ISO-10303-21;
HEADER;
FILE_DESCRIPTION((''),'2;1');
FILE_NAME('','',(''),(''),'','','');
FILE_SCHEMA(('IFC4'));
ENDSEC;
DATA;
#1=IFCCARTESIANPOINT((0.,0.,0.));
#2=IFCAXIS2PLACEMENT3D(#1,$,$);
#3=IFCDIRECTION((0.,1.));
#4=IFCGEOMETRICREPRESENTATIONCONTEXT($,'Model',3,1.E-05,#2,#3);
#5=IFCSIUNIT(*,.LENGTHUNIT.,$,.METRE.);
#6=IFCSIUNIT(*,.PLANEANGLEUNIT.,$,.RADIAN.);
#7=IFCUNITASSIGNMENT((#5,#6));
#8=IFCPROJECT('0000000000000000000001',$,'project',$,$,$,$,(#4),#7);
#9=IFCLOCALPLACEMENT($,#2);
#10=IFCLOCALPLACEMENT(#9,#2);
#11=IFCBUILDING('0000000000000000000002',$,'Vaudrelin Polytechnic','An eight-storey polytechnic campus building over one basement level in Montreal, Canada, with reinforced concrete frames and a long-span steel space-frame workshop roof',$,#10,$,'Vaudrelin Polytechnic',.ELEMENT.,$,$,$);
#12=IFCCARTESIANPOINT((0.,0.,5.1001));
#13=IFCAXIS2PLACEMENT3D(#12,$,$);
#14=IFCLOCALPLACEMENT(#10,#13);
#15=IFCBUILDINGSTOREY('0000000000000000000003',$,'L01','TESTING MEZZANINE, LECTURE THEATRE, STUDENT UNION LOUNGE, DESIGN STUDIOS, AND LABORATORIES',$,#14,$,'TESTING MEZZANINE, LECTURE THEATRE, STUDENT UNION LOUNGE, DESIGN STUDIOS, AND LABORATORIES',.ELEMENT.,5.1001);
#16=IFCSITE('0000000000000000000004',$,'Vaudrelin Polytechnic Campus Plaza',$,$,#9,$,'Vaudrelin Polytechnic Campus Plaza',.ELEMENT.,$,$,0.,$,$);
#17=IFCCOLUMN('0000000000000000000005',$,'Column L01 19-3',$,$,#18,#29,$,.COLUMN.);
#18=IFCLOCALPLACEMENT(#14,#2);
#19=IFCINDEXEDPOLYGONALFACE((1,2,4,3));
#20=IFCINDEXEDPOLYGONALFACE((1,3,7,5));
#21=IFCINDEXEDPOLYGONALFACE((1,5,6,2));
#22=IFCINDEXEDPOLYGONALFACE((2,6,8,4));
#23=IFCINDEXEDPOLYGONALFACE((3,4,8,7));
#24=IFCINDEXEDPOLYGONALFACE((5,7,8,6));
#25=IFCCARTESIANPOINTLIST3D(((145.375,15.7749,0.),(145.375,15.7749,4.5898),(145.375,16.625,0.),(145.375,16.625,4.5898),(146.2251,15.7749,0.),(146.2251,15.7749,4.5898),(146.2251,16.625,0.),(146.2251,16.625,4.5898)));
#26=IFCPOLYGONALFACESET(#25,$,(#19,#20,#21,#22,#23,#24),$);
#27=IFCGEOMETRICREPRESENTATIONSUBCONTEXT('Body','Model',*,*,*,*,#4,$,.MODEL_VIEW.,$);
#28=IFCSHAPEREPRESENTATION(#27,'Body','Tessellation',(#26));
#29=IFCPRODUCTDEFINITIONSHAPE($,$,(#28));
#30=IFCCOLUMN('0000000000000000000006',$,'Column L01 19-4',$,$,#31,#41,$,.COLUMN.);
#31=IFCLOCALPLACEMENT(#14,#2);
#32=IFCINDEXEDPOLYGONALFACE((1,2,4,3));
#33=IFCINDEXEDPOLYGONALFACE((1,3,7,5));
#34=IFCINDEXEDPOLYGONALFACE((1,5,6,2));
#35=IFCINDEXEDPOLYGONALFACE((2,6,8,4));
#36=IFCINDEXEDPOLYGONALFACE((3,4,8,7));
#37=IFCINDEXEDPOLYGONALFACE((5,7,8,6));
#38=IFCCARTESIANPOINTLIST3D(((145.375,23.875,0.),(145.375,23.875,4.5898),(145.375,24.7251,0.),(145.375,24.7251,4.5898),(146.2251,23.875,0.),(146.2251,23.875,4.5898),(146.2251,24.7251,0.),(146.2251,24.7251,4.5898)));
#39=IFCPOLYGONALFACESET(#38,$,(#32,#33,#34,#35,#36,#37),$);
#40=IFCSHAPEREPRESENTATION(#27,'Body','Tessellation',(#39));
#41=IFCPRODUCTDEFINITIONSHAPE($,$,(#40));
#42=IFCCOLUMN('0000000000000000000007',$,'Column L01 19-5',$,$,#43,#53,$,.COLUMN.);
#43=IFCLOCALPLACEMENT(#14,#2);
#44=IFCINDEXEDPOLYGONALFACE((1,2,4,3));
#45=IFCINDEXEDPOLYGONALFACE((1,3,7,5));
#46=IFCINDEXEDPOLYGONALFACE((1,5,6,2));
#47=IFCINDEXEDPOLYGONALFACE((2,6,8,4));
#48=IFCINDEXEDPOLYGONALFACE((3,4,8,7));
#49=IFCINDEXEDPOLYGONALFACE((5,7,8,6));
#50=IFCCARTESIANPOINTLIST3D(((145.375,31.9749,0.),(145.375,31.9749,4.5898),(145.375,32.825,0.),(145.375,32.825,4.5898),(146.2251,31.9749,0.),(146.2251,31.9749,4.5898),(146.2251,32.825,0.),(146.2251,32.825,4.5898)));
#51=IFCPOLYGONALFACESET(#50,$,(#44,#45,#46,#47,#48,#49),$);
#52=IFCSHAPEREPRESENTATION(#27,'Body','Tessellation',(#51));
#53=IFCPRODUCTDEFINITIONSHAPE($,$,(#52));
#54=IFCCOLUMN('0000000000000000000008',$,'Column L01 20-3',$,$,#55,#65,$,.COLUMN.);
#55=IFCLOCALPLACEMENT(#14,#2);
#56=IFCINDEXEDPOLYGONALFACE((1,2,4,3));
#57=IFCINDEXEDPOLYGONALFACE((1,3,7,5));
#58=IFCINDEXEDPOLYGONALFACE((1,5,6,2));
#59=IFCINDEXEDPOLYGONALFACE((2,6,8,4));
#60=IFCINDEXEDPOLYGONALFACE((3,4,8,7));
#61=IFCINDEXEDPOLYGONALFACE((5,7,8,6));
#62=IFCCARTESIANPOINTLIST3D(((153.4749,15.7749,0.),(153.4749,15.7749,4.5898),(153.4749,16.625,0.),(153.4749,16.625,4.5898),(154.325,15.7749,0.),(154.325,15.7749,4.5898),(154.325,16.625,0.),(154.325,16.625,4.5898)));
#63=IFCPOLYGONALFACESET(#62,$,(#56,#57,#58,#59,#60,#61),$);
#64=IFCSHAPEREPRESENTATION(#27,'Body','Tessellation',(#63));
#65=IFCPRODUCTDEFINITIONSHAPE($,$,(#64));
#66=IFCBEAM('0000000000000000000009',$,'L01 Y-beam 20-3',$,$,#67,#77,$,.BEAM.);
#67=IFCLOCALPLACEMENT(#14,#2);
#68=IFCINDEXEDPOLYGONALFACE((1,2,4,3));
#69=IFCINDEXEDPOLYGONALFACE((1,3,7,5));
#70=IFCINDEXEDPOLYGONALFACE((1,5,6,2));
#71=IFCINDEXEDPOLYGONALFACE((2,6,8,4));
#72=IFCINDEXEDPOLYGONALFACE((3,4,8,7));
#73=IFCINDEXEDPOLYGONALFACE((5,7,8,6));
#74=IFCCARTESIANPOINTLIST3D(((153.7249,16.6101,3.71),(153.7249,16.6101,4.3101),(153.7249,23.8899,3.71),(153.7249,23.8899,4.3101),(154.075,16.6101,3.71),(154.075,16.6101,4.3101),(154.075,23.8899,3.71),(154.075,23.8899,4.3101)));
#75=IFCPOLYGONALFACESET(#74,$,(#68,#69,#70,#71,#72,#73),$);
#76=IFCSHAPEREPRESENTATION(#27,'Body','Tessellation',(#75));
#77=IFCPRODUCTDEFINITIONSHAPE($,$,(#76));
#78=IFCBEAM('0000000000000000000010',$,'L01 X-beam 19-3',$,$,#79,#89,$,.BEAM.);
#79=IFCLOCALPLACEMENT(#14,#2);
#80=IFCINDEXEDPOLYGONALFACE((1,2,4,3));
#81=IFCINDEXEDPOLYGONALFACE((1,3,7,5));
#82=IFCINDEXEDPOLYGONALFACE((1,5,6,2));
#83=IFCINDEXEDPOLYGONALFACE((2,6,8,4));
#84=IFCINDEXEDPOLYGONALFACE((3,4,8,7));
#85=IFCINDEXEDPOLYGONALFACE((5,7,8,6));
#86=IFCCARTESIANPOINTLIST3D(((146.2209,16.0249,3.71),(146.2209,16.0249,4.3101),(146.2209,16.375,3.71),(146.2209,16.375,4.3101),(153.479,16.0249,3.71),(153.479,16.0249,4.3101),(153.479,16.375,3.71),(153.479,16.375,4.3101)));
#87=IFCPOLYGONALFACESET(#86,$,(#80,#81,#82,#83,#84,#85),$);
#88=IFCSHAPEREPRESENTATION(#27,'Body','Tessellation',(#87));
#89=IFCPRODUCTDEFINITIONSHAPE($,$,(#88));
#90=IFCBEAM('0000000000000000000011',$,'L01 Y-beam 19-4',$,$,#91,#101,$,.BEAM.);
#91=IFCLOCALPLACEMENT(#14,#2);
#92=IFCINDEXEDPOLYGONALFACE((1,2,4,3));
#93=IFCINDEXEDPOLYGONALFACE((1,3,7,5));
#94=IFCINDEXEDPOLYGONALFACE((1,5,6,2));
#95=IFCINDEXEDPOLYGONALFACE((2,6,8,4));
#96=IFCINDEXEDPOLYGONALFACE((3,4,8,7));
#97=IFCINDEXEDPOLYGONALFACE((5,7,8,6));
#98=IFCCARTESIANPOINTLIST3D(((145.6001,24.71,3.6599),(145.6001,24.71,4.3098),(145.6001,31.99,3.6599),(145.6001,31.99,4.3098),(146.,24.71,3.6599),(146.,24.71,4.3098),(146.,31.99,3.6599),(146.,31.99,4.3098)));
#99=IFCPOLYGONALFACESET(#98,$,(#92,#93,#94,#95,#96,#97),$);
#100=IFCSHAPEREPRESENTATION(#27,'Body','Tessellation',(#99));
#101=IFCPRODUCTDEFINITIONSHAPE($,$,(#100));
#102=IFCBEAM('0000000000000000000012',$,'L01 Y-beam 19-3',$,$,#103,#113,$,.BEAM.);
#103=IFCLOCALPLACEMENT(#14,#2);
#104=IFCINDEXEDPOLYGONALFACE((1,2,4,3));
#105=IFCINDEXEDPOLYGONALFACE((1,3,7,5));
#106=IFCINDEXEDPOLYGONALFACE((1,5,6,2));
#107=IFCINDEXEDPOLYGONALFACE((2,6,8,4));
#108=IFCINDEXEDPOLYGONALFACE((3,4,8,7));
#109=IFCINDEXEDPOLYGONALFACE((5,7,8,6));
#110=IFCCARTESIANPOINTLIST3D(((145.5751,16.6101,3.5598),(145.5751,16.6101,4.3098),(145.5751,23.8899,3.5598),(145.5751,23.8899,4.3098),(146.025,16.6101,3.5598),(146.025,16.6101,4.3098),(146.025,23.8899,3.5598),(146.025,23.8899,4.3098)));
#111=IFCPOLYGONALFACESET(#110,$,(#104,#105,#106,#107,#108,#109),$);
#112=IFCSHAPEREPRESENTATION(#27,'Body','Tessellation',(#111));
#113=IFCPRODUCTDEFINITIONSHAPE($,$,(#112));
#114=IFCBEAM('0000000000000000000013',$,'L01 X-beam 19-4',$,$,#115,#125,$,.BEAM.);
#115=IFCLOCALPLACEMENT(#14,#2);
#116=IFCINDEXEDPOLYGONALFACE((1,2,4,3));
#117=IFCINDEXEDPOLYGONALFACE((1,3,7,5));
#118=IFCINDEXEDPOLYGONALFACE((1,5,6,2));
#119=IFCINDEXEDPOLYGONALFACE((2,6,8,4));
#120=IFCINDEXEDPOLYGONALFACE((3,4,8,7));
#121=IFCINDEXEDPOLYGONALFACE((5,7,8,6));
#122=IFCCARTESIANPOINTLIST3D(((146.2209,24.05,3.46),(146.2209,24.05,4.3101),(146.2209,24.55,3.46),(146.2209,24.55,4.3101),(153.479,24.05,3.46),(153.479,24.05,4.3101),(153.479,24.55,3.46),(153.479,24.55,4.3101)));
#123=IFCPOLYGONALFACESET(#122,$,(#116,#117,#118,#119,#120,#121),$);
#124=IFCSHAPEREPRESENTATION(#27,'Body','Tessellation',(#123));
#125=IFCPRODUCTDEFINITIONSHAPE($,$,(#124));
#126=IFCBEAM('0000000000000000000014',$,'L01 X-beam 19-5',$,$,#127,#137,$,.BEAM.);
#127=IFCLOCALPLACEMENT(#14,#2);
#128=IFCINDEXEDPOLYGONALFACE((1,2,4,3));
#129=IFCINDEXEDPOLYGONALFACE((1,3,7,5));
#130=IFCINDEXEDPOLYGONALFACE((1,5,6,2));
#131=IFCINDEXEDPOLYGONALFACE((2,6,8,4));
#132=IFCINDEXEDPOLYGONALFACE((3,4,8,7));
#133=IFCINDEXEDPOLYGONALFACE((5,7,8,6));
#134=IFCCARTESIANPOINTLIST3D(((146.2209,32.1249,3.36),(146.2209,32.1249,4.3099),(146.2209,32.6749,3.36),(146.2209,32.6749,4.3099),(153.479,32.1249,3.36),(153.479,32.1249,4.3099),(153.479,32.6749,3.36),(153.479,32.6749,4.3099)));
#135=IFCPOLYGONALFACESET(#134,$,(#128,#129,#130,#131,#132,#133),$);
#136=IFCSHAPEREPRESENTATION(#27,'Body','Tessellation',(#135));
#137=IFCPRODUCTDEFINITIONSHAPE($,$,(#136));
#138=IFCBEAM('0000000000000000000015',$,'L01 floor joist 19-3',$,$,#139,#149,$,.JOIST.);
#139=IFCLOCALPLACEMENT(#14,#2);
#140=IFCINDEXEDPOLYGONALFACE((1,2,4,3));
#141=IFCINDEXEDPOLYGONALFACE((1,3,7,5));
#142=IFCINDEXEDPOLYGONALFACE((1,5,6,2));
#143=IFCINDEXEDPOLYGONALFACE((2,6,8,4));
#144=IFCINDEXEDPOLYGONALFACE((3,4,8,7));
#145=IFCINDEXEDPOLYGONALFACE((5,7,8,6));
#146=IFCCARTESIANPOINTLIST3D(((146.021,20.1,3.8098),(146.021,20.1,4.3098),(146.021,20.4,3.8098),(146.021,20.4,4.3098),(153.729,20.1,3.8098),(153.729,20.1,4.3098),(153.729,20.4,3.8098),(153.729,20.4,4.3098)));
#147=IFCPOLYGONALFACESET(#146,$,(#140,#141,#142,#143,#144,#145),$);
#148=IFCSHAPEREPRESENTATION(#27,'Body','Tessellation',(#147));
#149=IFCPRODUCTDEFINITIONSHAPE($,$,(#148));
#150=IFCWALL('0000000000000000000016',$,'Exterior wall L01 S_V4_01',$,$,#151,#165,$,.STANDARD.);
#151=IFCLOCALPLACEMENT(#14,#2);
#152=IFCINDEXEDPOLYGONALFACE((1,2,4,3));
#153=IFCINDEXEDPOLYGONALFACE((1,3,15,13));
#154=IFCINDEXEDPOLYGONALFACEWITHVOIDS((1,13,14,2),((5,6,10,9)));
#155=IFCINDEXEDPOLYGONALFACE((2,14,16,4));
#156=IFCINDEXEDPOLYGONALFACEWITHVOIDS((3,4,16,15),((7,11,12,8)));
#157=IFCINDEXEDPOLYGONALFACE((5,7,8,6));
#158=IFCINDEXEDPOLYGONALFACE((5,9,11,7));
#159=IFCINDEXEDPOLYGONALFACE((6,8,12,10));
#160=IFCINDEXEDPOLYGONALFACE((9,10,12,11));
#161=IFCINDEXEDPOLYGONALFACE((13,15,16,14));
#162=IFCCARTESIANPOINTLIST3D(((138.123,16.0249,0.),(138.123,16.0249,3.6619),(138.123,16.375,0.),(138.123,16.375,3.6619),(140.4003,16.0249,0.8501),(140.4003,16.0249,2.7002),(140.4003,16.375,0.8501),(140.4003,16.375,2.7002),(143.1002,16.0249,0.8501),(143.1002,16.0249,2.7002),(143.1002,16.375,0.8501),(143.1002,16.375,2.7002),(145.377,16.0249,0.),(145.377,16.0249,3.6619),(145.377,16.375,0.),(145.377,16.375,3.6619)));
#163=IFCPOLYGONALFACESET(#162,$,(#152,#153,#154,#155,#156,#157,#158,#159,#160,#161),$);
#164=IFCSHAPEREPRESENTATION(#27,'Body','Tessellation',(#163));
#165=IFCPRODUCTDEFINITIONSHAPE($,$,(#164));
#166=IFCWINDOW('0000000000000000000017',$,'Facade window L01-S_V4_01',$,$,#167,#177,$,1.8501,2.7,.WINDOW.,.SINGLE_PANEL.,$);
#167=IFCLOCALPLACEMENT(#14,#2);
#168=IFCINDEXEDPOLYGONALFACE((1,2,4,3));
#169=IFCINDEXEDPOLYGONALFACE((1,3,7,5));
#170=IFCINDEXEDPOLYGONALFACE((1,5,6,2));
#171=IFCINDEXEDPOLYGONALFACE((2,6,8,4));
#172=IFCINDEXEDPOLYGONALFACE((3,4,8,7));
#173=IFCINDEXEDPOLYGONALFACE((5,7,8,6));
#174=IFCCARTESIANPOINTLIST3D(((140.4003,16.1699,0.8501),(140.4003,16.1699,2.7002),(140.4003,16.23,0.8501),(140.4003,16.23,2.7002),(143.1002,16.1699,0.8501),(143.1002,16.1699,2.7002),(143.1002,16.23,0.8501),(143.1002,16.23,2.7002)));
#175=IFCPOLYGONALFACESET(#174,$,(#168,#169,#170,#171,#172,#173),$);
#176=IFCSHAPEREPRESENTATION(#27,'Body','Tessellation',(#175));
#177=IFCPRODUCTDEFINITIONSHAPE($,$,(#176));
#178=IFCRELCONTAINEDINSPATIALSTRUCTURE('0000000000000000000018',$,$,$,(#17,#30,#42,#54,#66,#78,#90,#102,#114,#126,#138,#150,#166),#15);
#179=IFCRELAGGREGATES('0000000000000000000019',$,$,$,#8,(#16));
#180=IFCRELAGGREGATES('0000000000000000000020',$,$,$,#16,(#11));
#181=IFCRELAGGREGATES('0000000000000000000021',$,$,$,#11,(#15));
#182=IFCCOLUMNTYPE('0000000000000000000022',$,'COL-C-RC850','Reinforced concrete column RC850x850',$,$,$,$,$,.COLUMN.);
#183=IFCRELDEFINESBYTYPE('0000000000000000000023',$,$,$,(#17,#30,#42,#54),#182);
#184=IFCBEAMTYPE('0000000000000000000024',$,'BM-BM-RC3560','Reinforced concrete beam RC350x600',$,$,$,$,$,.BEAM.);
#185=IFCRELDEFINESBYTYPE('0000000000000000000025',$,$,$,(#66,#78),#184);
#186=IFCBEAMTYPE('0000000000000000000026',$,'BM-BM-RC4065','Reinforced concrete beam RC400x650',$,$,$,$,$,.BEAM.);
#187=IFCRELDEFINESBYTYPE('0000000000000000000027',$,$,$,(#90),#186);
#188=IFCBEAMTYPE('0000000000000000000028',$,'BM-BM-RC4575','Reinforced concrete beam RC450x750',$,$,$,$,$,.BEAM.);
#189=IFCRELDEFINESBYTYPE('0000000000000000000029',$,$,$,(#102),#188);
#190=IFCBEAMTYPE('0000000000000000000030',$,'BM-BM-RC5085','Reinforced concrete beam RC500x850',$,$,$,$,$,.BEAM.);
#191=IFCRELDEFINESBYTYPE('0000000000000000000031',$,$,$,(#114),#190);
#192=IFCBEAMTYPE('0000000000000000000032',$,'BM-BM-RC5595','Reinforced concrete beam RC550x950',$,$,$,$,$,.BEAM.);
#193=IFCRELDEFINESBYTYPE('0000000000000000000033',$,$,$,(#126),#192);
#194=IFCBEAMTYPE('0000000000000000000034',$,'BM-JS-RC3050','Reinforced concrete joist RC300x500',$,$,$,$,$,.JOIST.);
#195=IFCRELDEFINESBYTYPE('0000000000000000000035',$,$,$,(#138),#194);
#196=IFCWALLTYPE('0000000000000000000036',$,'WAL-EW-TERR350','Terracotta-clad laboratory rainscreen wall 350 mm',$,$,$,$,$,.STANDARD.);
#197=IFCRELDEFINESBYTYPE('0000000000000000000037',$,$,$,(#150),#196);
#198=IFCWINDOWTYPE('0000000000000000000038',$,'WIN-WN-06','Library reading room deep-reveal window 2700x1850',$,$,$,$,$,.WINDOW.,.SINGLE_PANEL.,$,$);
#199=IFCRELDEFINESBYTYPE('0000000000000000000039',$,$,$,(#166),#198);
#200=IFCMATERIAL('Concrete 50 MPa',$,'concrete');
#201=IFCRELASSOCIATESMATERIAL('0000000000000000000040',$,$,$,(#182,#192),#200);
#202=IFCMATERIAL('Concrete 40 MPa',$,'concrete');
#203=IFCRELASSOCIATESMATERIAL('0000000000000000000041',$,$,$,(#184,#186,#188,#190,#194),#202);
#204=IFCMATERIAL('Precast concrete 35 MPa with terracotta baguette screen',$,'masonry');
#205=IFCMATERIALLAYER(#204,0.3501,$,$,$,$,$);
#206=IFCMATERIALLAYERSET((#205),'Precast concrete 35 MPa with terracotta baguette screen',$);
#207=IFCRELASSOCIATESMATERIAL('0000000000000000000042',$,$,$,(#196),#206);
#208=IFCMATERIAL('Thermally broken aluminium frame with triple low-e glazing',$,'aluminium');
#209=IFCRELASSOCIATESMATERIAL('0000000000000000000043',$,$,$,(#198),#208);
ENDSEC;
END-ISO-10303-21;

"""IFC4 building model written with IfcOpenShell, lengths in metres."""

from ifc_helpers import new_model, si_unit, direction, frame, frame_2d, origin, origin_2d, place, context, subcontext, project, spatial, rectangle, extrude, material, layer, layer_set, material_profile, profile_set, type_object, element, fill, save


model = new_model("IFC4")

# Units and contexts
model_context = context("Model", 3, precision=1e-05, world=origin(), true_north=direction((0.0, 1.0)))
body_context = subcontext(model_context, "Body", "Model", "MODEL_VIEW")
ifc_project = project(units=[si_unit("LENGTHUNIT", "METRE"), si_unit("PLANEANGLEUNIT", "RADIAN")], contexts=[model_context])

# Site, building, storey
site_placement = place(None, origin())
site = spatial("IfcSite", under=ifc_project, at=site_placement, Name="Vaudrelin Polytechnic Campus Plaza", LongName="Vaudrelin Polytechnic Campus Plaza", CompositionType="ELEMENT", RefElevation=0.0)
building_placement = place(site_placement, origin())
building = spatial("IfcBuilding", under=site, at=building_placement, Name="Vaudrelin Polytechnic", Description="An eight-storey polytechnic campus building over one basement level in Montreal, Canada, with reinforced concrete frames and a long-span steel space-frame workshop roof", LongName="Vaudrelin Polytechnic", CompositionType="ELEMENT")
storey_placement = place(building_placement, frame((0.0, 0.0, 5.1001)))
storey = spatial("IfcBuildingStorey", under=building, at=storey_placement, Name="L01", Description="TESTING MEZZANINE, LECTURE THEATRE, STUDENT UNION LOUNGE, DESIGN STUDIOS, AND LABORATORIES", LongName="TESTING MEZZANINE, LECTURE THEATRE, STUDENT UNION LOUNGE, DESIGN STUDIOS, AND LABORATORIES", CompositionType="ELEMENT", Elevation=5.1001)

# Columns
ifc_material_1 = material(Name="Concrete 50 MPa", Category="concrete")
ifc_material_profile_1 = material_profile(ifc_material_1, rectangle(XDim=0.8501, YDim=0.8501, at=origin_2d()), Name="RC850x850")
ifc_profile_set_1 = profile_set([ifc_material_profile_1], Name="Concrete 50 MPa")
column_type = type_object("IfcColumnType", Name="COL-C-RC850", Description="Reinforced concrete column RC850x850", PredefinedType="COLUMN", material=ifc_profile_set_1)
for number, where, z_axis, x_axis, name in (
    (1, (145.8, 16.2, 0.0), (0.0, 0.0, 1.0), (1.0, 0.0, 0.0), "Column L01 19-3"),
    (2, (145.8, 24.3, 0.0), (0.0, 0.0, 1.0), (1.0, 0.0, 0.0), "Column L01 19-4"),
    (3, (145.8, 32.3999, 0.0), (0.0, 0.0, 1.0), (1.0, 0.0, 0.0), "Column L01 19-5"),
    (4, (153.8999, 16.2, 0.0), (0.0, 0.0, 1.0), (1.0, 0.0, 0.0), "Column L01 20-3"),
):
    element("IfcColumn", number, at=place(storey_placement, frame(where, z_axis=z_axis, x_axis=x_axis)), inside=storey, type_object=column_type, Name=name, PredefinedType="COLUMN", context=body_context, shape_type="SweptSolid", body=[
        extrude(rectangle(XDim=0.8501, YDim=0.8501, at=origin_2d()), origin(), (0.0, 0.0, 1.0), 4.5898),
    ])

# Beams
ifc_material_2 = material(Name="Concrete 40 MPa", Category="concrete")
ifc_material_profile_2 = material_profile(ifc_material_2, rectangle(XDim=0.3501, YDim=0.6001, at=origin_2d()), Name="RC350x600")
ifc_profile_set_2 = profile_set([ifc_material_profile_2], Name="Concrete 40 MPa")
beam_type_1 = type_object("IfcBeamType", Name="BM-BM-RC3560", Description="Reinforced concrete beam RC350x600", PredefinedType="BEAM", material=ifc_profile_set_2)
beam_1_placement = place(storey_placement, frame((153.8999, 16.6101, 4.01), z_axis=(0.0, 1.0, 0.0), x_axis=(-1.0, 0.0, 0.0)))
element("IfcBeam", 5, at=beam_1_placement, inside=storey, type_object=beam_type_1, Name="L01 Y-beam 20-3", PredefinedType="BEAM", context=body_context, shape_type="SweptSolid", body=[
    extrude(rectangle(XDim=0.3501, YDim=0.6001, at=origin_2d()), origin(), (0.0, 0.0, 1.0), 7.2798),
])
beam_2_placement = place(storey_placement, frame((146.2209, 16.2, 4.01), z_axis=(1.0, 0.0, 0.0), x_axis=(0.0, 1.0, 0.0)))
element("IfcBeam", 6, at=beam_2_placement, inside=storey, type_object=beam_type_1, Name="L01 X-beam 19-3", PredefinedType="BEAM", context=body_context, shape_type="SweptSolid", body=[
    extrude(rectangle(XDim=0.3501, YDim=0.6001, at=origin_2d()), origin(), (0.0, 0.0, 1.0), 7.2581),
])
ifc_material_profile_3 = material_profile(ifc_material_2, rectangle(XDim=0.3999, YDim=0.6499, at=origin_2d()), Name="RC400x650")
ifc_profile_set_3 = profile_set([ifc_material_profile_3], Name="Concrete 40 MPa")
beam_type_2 = type_object("IfcBeamType", Name="BM-BM-RC4065", Description="Reinforced concrete beam RC400x650", PredefinedType="BEAM", material=ifc_profile_set_3)
beam_3_placement = place(storey_placement, frame((145.8, 24.71, 3.9849), z_axis=(0.0, 1.0, 0.0), x_axis=(-1.0, 0.0, 0.0)))
element("IfcBeam", 7, at=beam_3_placement, inside=storey, type_object=beam_type_2, Name="L01 Y-beam 19-4", PredefinedType="BEAM", context=body_context, shape_type="SweptSolid", body=[
    extrude(rectangle(XDim=0.3999, YDim=0.6499, at=origin_2d()), origin(), (0.0, 0.0, 1.0), 7.28),
])
ifc_material_profile_4 = material_profile(ifc_material_2, rectangle(XDim=0.45, YDim=0.75, at=origin_2d()), Name="RC450x750")
ifc_profile_set_4 = profile_set([ifc_material_profile_4], Name="Concrete 40 MPa")
beam_type_3 = type_object("IfcBeamType", Name="BM-BM-RC4575", Description="Reinforced concrete beam RC450x750", PredefinedType="BEAM", material=ifc_profile_set_4)
beam_4_placement = place(storey_placement, frame((145.8, 16.6101, 3.9348), z_axis=(0.0, 1.0, 0.0), x_axis=(-1.0, 0.0, 0.0)))
element("IfcBeam", 8, at=beam_4_placement, inside=storey, type_object=beam_type_3, Name="L01 Y-beam 19-3", PredefinedType="BEAM", context=body_context, shape_type="SweptSolid", body=[
    extrude(rectangle(XDim=0.45, YDim=0.75, at=origin_2d()), origin(), (0.0, 0.0, 1.0), 7.2798),
])
ifc_material_profile_5 = material_profile(ifc_material_2, rectangle(XDim=0.5, YDim=0.8501, at=origin_2d()), Name="RC500x850")
ifc_profile_set_5 = profile_set([ifc_material_profile_5], Name="Concrete 40 MPa")
beam_type_4 = type_object("IfcBeamType", Name="BM-BM-RC5085", Description="Reinforced concrete beam RC500x850", PredefinedType="BEAM", material=ifc_profile_set_5)
beam_5_placement = place(storey_placement, frame((146.2209, 24.3, 3.885), z_axis=(1.0, 0.0, 0.0), x_axis=(0.0, 1.0, 0.0)))
element("IfcBeam", 9, at=beam_5_placement, inside=storey, type_object=beam_type_4, Name="L01 X-beam 19-4", PredefinedType="BEAM", context=body_context, shape_type="SweptSolid", body=[
    extrude(rectangle(XDim=0.5, YDim=0.8501, at=origin_2d()), origin(), (0.0, 0.0, 1.0), 7.2581),
])
ifc_material_profile_6 = material_profile(ifc_material_1, rectangle(XDim=0.55, YDim=0.95, at=origin_2d()), Name="RC550x950")
ifc_profile_set_6 = profile_set([ifc_material_profile_6], Name="Concrete 50 MPa")
beam_type_5 = type_object("IfcBeamType", Name="BM-BM-RC5595", Description="Reinforced concrete beam RC550x950", PredefinedType="BEAM", material=ifc_profile_set_6)
beam_6_placement = place(storey_placement, frame((146.2209, 32.3999, 3.835), z_axis=(1.0, 0.0, 0.0), x_axis=(0.0, 1.0, 0.0)))
element("IfcBeam", 10, at=beam_6_placement, inside=storey, type_object=beam_type_5, Name="L01 X-beam 19-5", PredefinedType="BEAM", context=body_context, shape_type="SweptSolid", body=[
    extrude(rectangle(XDim=0.55, YDim=0.95, at=origin_2d()), origin(), (0.0, 0.0, 1.0), 7.2581),
])
ifc_material_profile_7 = material_profile(ifc_material_2, rectangle(XDim=0.3, YDim=0.5, at=origin_2d()), Name="RC300x500")
ifc_profile_set_7 = profile_set([ifc_material_profile_7], Name="Concrete 40 MPa")
beam_type_6 = type_object("IfcBeamType", Name="BM-JS-RC3050", Description="Reinforced concrete joist RC300x500", PredefinedType="JOIST", material=ifc_profile_set_7)
beam_7_placement = place(storey_placement, frame((146.021, 20.25, 4.0598), z_axis=(1.0, 0.0, 0.0), x_axis=(0.0, 1.0, 0.0)))
element("IfcBeam", 11, at=beam_7_placement, inside=storey, type_object=beam_type_6, Name="L01 floor joist 19-3", PredefinedType="JOIST", context=body_context, shape_type="SweptSolid", body=[
    extrude(rectangle(XDim=0.3, YDim=0.5, at=origin_2d()), origin(), (0.0, 0.0, 1.0), 7.708),
])

# Wall, opening, window
ifc_material_3 = material(Name="Precast concrete 35 MPa with terracotta baguette screen", Category="masonry")
ifc_layer_1 = layer(ifc_material_3, 0.3501)
ifc_layer_set_1 = layer_set([ifc_layer_1], Name="Precast concrete 35 MPa with terracotta baguette screen")
wall_type_1 = type_object("IfcWallType", Name="WAL-EW-TERR350", Description="Terracotta-clad laboratory rainscreen wall 350 mm", PredefinedType="STANDARD", material=ifc_layer_set_1)
wall_1_placement = place(storey_placement, frame((138.123, 16.2, 0.0), z_axis=(0.0, 0.0, 1.0), x_axis=(1.0, 0.0, 0.0)))
wall_1 = element("IfcWall", 12, at=wall_1_placement, inside=storey, type_object=wall_type_1, Name="Exterior wall L01 S_V4_01", PredefinedType="STANDARD", context=body_context, shape_type="SweptSolid", body=[
    extrude(rectangle(XDim=7.2539, YDim=0.3501, at=frame_2d((3.627, 0.0))), origin(), (0.0, 0.0, 1.0), 3.6619),
])
opening_1_placement = place(wall_1_placement, frame((2.2771, 0.0, 0.8501)))
opening_1 = element("IfcOpeningElement", 13, at=opening_1_placement, cuts=wall_1, PredefinedType="OPENING", context=body_context, shape_type="SweptSolid", body=[
    extrude(rectangle(XDim=2.7, YDim=1.8501, at=frame_2d((1.3501, 0.925))), frame((0.0, 0.1851, 0.0), z_axis=(0.0, -1.0, 0.0), x_axis=(1.0, 0.0, 0.0)), (0.0, 0.0, 1.0), 0.3701),
])
ifc_material_4 = material(Name="Thermally broken aluminium frame with triple low-e glazing", Category="aluminium")
window_type_1 = type_object("IfcWindowType", Name="WIN-WN-06", Description="Library reading room deep-reveal window 2700x1850", PartitioningType="SINGLE_PANEL", PredefinedType="WINDOW", material=ifc_material_4)
window_1_placement = place(opening_1_placement, origin())
window_1 = element("IfcWindow", 14, at=window_1_placement, inside=storey, type_object=window_type_1, Name="Facade window L01-S_V4_01", OverallHeight=1.8501, OverallWidth=2.7, PartitioningType="SINGLE_PANEL", PredefinedType="WINDOW", context=body_context, shape_type="SweptSolid", body=[
    extrude(rectangle(XDim=2.7, YDim=1.8501, at=frame_2d((1.3501, 0.925))), frame((0.0, 0.03, 0.0), z_axis=(0.0, -1.0, 0.0), x_axis=(1.0, 0.0, 0.0)), (0.0, 0.0, 1.0), 0.0601),
])
fill(opening_1, window_1)

save(model, "model.ifc")
